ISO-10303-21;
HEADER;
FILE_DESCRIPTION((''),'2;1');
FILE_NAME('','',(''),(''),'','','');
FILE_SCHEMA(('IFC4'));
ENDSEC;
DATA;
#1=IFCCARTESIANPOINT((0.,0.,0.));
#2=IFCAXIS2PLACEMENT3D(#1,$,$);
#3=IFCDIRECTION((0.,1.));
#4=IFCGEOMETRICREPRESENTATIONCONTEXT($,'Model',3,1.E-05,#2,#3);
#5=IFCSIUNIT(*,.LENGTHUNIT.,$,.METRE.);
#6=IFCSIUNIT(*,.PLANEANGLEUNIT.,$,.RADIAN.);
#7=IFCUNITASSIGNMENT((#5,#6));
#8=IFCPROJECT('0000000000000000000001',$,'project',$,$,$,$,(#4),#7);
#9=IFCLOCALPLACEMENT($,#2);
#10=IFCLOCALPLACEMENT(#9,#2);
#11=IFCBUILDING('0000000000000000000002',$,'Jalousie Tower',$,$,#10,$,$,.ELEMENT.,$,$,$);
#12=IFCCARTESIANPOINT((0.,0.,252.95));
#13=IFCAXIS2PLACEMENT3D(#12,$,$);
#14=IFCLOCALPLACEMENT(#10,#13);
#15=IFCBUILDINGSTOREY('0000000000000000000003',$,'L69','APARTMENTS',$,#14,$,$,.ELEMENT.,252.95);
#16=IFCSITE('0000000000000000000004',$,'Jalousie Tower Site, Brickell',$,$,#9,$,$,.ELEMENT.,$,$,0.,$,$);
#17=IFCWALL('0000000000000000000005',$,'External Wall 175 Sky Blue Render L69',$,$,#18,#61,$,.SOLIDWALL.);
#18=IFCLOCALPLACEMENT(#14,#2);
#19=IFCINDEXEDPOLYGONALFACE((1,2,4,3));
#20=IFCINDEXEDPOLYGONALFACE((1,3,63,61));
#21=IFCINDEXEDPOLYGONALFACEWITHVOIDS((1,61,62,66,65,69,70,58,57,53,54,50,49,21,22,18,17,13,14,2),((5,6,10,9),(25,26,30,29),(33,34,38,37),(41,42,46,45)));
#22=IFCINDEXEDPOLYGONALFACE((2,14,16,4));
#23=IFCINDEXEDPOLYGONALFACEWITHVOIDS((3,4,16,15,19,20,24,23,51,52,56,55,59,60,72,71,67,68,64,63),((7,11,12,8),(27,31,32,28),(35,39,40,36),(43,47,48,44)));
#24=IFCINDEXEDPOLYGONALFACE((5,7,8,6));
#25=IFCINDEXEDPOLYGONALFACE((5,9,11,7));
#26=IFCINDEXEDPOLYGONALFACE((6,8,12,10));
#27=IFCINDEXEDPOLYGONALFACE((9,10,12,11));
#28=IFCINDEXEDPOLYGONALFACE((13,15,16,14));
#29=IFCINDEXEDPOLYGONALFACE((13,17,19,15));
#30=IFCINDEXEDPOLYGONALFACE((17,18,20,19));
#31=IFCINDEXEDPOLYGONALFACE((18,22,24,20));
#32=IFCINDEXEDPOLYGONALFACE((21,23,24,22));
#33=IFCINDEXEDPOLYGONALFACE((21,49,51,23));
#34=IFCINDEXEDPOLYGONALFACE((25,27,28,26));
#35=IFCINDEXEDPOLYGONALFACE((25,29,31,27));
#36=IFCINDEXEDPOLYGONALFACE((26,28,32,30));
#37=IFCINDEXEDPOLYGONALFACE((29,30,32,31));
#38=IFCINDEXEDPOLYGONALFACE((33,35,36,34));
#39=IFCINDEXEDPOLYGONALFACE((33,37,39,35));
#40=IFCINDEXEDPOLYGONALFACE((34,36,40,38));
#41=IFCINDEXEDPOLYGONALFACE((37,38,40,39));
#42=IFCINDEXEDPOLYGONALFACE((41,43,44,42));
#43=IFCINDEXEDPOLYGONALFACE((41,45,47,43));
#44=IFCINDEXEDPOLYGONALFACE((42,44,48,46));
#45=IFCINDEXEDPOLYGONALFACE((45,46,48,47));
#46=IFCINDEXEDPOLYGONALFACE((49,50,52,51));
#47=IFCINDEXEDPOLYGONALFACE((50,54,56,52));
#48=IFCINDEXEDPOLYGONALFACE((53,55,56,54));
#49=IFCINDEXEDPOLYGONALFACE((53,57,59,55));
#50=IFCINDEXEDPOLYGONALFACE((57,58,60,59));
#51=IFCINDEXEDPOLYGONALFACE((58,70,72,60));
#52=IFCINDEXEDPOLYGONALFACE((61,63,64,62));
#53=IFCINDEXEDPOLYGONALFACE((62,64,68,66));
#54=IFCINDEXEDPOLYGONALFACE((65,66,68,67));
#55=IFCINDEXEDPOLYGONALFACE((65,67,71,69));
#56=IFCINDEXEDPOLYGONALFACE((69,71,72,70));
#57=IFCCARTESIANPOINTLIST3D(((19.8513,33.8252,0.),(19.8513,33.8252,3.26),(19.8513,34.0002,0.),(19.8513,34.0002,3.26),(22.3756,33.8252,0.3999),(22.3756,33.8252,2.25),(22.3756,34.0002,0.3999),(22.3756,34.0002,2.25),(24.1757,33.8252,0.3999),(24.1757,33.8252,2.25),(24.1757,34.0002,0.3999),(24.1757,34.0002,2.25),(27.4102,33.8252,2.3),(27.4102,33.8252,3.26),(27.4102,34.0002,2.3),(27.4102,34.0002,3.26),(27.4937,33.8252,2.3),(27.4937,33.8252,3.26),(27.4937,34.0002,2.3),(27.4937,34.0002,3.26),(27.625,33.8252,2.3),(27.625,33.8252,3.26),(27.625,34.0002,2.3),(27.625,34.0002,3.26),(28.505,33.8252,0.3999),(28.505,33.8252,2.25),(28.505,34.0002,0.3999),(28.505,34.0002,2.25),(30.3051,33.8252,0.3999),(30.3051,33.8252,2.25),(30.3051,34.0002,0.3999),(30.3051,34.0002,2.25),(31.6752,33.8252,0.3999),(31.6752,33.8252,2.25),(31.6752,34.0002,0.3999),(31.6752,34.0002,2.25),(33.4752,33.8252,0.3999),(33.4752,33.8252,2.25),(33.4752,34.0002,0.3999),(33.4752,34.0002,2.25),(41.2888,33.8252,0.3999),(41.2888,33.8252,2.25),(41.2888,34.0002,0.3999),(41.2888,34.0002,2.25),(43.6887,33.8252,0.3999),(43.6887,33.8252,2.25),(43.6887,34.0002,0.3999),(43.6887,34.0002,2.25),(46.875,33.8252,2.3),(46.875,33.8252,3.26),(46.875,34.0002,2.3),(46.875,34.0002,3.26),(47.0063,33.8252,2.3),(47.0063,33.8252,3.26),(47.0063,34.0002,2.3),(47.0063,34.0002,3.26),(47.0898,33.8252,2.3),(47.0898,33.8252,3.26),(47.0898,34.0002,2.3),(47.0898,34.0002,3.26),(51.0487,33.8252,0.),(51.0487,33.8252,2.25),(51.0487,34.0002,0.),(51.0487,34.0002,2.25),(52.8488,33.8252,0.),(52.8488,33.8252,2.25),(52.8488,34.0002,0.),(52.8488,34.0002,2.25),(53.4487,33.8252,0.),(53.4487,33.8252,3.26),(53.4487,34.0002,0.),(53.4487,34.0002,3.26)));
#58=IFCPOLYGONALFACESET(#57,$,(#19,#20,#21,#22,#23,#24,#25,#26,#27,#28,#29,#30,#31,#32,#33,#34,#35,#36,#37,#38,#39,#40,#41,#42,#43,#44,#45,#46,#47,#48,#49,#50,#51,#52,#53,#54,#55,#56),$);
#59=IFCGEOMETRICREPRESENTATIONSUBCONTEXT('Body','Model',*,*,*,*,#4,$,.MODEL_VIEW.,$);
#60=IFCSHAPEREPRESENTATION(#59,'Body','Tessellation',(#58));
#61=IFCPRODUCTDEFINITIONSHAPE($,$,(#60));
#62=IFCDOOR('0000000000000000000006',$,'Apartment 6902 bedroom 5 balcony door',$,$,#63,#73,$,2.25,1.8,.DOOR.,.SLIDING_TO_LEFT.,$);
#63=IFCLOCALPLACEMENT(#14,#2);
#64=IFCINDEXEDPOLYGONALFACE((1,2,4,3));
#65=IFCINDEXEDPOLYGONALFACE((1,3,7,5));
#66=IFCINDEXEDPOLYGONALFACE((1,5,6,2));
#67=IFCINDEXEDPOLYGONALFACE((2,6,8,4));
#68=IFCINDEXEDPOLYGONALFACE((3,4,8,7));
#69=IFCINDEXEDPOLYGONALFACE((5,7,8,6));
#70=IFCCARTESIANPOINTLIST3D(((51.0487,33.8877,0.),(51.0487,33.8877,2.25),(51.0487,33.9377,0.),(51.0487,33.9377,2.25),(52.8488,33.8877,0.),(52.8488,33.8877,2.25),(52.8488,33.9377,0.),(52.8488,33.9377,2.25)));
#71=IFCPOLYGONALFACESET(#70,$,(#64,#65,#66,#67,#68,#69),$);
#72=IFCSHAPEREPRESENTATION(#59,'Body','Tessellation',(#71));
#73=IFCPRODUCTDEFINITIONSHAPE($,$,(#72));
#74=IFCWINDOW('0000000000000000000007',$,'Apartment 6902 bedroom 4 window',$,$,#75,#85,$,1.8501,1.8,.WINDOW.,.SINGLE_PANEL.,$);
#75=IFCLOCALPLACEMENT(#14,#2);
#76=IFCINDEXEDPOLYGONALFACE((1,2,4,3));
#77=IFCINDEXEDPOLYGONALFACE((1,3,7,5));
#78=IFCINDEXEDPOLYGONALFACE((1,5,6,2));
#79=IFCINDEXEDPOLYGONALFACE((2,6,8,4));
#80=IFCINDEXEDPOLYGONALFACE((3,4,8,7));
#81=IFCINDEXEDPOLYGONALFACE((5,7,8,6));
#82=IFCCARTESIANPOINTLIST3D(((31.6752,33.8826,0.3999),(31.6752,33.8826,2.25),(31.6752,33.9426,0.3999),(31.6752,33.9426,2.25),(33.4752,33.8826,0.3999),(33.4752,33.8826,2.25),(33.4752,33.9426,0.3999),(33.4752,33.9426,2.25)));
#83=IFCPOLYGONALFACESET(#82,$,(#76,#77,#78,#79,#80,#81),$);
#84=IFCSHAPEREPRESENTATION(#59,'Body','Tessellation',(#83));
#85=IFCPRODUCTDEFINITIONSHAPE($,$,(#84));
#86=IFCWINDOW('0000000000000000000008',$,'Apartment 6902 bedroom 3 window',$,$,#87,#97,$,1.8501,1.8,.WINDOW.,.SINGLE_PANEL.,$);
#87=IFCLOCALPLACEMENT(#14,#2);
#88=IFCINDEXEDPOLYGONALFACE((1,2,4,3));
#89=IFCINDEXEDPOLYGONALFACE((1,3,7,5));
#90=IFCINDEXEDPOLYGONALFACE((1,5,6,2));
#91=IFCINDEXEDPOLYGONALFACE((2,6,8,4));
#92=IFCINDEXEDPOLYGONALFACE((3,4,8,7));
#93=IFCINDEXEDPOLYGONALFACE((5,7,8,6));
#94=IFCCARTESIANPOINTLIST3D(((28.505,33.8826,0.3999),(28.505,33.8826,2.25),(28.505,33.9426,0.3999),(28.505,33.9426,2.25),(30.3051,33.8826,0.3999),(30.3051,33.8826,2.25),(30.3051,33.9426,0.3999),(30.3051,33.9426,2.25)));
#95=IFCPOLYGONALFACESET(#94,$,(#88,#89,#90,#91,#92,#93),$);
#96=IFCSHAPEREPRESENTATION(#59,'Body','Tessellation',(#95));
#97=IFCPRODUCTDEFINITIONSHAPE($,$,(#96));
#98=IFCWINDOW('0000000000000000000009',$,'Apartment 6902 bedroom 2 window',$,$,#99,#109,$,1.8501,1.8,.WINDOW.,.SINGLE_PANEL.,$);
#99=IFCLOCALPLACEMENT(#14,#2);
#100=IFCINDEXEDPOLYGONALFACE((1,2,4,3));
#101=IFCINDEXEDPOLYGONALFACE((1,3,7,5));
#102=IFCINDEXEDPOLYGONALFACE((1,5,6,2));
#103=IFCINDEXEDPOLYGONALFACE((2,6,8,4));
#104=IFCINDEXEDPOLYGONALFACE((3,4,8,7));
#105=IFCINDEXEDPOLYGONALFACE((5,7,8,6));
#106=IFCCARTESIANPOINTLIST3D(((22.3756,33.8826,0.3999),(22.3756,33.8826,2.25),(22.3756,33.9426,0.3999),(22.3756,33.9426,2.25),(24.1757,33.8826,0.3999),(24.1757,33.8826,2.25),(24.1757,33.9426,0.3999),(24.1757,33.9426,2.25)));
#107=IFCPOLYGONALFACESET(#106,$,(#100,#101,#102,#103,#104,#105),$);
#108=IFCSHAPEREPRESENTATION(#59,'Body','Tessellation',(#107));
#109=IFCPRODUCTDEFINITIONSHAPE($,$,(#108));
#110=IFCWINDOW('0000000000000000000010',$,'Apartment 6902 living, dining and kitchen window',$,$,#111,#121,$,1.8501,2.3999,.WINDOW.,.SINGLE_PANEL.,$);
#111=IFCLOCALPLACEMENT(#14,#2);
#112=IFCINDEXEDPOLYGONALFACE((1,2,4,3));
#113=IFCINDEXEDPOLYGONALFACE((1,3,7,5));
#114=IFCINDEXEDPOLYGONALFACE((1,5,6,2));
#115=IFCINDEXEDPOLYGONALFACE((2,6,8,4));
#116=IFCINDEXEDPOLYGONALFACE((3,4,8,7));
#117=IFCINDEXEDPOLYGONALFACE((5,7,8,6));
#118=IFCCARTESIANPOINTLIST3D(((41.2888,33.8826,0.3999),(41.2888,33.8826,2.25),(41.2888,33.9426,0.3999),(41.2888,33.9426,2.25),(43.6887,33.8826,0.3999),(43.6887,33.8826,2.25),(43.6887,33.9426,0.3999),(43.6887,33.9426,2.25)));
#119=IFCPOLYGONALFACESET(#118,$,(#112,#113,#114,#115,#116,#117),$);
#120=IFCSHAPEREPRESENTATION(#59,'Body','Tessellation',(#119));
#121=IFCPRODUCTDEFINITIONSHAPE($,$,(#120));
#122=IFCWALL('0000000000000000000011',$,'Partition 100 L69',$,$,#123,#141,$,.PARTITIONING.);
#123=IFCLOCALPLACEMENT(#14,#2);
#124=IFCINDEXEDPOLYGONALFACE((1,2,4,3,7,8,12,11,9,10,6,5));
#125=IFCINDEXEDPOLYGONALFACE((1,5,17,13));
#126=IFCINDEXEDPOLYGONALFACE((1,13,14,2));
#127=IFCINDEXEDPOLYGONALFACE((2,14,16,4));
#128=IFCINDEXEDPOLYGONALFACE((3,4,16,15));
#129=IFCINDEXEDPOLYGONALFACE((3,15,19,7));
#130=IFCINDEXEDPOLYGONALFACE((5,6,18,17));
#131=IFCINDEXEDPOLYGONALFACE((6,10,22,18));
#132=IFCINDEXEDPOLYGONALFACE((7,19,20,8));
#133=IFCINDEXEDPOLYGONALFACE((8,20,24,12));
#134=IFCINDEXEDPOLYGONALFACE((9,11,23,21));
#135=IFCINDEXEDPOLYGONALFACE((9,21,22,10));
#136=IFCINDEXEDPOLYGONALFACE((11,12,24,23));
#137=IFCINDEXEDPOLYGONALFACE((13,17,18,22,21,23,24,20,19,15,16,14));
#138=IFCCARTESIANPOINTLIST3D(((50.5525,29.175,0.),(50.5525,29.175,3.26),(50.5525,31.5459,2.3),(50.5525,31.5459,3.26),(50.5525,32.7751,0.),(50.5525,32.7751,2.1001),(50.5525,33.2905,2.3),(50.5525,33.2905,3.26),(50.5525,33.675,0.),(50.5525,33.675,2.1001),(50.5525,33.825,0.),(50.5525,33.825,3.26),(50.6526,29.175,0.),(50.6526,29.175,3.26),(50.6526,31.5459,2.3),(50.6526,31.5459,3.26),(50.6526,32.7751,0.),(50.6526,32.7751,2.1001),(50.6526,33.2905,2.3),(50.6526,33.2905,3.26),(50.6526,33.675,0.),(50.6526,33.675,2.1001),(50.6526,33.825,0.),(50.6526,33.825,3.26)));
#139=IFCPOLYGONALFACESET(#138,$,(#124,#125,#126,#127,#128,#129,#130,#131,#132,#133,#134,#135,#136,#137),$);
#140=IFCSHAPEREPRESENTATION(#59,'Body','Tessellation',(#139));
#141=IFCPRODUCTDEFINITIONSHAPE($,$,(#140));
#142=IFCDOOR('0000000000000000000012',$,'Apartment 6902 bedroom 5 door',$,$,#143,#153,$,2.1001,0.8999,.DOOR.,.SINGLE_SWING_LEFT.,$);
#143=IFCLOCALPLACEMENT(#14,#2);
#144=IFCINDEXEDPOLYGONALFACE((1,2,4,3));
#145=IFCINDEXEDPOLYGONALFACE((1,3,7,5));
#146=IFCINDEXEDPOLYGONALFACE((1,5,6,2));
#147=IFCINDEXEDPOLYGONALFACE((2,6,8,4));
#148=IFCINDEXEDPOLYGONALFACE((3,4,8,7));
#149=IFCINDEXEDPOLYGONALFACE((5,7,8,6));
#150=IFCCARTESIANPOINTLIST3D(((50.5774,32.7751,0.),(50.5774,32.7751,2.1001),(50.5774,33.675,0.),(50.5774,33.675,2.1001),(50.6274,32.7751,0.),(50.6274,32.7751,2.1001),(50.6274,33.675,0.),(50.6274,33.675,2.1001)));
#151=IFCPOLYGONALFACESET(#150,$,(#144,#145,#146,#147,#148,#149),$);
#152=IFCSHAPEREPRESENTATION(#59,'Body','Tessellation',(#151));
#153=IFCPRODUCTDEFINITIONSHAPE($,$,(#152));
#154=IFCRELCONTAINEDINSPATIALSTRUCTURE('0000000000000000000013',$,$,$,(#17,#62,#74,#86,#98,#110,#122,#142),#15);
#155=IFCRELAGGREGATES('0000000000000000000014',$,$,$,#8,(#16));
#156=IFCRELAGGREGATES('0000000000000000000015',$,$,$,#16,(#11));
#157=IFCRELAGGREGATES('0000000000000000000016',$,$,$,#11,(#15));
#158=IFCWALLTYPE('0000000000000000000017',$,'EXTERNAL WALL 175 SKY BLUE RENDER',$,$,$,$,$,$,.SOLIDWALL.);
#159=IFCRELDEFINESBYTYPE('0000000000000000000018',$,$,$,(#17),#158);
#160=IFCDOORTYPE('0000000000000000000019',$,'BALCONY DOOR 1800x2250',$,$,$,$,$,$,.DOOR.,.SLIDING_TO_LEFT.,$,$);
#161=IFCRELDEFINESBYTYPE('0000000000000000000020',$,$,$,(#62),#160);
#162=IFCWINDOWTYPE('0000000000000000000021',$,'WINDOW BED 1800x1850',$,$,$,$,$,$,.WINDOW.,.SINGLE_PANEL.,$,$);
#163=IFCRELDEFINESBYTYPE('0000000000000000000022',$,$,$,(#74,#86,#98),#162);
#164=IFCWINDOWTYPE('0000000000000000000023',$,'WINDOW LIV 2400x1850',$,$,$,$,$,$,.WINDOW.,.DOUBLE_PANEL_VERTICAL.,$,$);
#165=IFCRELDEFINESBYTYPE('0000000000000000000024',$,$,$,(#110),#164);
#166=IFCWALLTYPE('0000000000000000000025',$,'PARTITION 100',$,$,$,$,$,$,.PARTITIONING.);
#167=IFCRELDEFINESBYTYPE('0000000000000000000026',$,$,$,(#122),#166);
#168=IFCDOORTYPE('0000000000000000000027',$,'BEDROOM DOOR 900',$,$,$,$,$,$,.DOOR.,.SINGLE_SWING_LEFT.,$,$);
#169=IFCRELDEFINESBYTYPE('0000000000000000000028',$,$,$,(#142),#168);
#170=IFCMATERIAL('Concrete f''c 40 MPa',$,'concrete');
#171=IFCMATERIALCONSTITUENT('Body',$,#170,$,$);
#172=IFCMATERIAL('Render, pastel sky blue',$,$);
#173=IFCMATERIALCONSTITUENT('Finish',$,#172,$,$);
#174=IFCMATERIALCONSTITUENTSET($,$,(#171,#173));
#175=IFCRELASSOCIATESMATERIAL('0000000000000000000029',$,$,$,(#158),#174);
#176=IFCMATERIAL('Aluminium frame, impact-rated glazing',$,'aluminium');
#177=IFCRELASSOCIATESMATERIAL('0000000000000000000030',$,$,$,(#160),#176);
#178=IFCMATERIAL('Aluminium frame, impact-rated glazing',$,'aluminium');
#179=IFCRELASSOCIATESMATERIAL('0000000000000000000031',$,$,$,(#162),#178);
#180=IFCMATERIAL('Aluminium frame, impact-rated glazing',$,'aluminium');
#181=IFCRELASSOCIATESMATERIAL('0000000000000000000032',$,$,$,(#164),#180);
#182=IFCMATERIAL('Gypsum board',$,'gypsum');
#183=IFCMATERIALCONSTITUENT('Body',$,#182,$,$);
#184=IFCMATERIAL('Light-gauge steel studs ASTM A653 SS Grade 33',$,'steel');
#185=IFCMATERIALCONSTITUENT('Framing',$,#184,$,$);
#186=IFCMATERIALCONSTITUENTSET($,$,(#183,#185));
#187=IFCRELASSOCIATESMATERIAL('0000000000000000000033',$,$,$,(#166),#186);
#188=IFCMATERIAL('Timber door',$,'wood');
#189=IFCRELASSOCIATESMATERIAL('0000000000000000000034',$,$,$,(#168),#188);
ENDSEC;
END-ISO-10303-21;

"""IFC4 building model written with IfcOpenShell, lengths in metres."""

from ifc_helpers import new_model, si_unit, direction, frame, frame_2d, origin, place, context, subcontext, project, spatial, polyline, rectangle, outline, extrude, material, constituent, constituent_set, type_object, element, fill, save


model = new_model("IFC4")

# Units and contexts
model_context = context("Model", 3, precision=1e-05, world=origin(), true_north=direction((0.0, 1.0)))
body_context = subcontext(model_context, "Body", "Model", "MODEL_VIEW")
ifc_project = project(units=[si_unit("LENGTHUNIT", "METRE"), si_unit("PLANEANGLEUNIT", "RADIAN")], contexts=[model_context])

# Site, building, storey
site_placement = place(None, origin())
site = spatial("IfcSite", under=ifc_project, at=site_placement, Name="Jalousie Tower Site, Brickell", CompositionType="ELEMENT", RefElevation=0.0)
building_placement = place(site_placement, origin())
building = spatial("IfcBuilding", under=site, at=building_placement, Name="Jalousie Tower", CompositionType="ELEMENT")
storey_placement = place(building_placement, frame((0.0, 0.0, 252.95)))
storey = spatial("IfcBuildingStorey", under=building, at=storey_placement, Name="L69", Description="APARTMENTS", CompositionType="ELEMENT", Elevation=252.95)

# Wall, openings, door, windows
ifc_material_1 = material(Name="Concrete f'c 40 MPa", Category="concrete")
ifc_constituent_1 = constituent(ifc_material_1, Name="Body")
ifc_material_2 = material(Name="Render, pastel sky blue")
ifc_constituent_2 = constituent(ifc_material_2, Name="Finish")
ifc_constituent_set_1 = constituent_set(constituents=[ifc_constituent_1, ifc_constituent_2])
wall_type_1 = type_object("IfcWallType", Name="EXTERNAL WALL 175 SKY BLUE RENDER", PredefinedType="SOLIDWALL", material=ifc_constituent_set_1)
wall_1_placement = place(storey_placement, frame((53.4487, 33.9126, 0.0), z_axis=(0.0, 0.0, 1.0), x_axis=(-1.0, 0.0, 0.0)))
wall_1 = element("IfcWall", 1, at=wall_1_placement, inside=storey, type_object=wall_type_1, Name="External Wall 175 Sky Blue Render L69", PredefinedType="SOLIDWALL", context=body_context, shape_type="SweptSolid", body=[
    extrude(outline(polyline([(0.0, 0.0), (33.5974, 0.0), (33.5974, 3.26), (26.0386, 3.26), (26.0386, 2.3), (25.9551, 2.3), (25.9551, 3.26), (25.8237, 3.26), (25.8237, 2.3), (6.5737, 2.3), (6.5737, 3.26), (6.4424, 3.26), (6.4424, 2.3), (6.3589, 2.3), (6.3589, 3.26), (0.0, 3.26), (0.0, 0.0)])), frame((0.0, 0.0874, 0.0), z_axis=(0.0, -1.0, 0.0), x_axis=(1.0, 0.0, 0.0)), (0.0, 0.0, 1.0), 0.175),
])
opening_1_placement = place(wall_1_placement, frame((0.6001, 0.0, 0.0)))
opening_1 = element("IfcOpeningElement", 2, at=opening_1_placement, cuts=wall_1, PredefinedType="OPENING", context=body_context, shape_type="SweptSolid", body=[
    extrude(rectangle(XDim=1.8, YDim=2.25, at=frame_2d((0.8999, 1.125))), frame((0.0, 0.0974, 0.0), z_axis=(0.0, -1.0, 0.0), x_axis=(1.0, 0.0, 0.0)), (0.0, 0.0, 1.0), 0.1951),
])
opening_2_placement = place(wall_1_placement, frame((9.76, 0.0, 0.3999)))
opening_2 = element("IfcOpeningElement", 3, at=opening_2_placement, cuts=wall_1, PredefinedType="OPENING", context=body_context, shape_type="SweptSolid", body=[
    extrude(rectangle(XDim=2.3999, YDim=1.8501, at=frame_2d((1.2, 0.925))), frame((0.0, 0.0974, 0.0), z_axis=(0.0, -1.0, 0.0), x_axis=(1.0, 0.0, 0.0)), (0.0, 0.0, 1.0), 0.1951),
])
opening_3_placement = place(wall_1_placement, frame((19.9736, 0.0, 0.3999)))
opening_3 = element("IfcOpeningElement", 4, at=opening_3_placement, cuts=wall_1, PredefinedType="OPENING", context=body_context, shape_type="SweptSolid", body=[
    extrude(rectangle(XDim=1.8, YDim=1.8501, at=frame_2d((0.8999, 0.925))), frame((0.0, 0.0974, 0.0), z_axis=(0.0, -1.0, 0.0), x_axis=(1.0, 0.0, 0.0)), (0.0, 0.0, 1.0), 0.1951),
])
opening_4_placement = place(wall_1_placement, frame((23.1438, 0.0, 0.3999)))
opening_4 = element("IfcOpeningElement", 5, at=opening_4_placement, cuts=wall_1, PredefinedType="OPENING", context=body_context, shape_type="SweptSolid", body=[
    extrude(rectangle(XDim=1.8, YDim=1.8501, at=frame_2d((0.8999, 0.925))), frame((0.0, 0.0974, 0.0), z_axis=(0.0, -1.0, 0.0), x_axis=(1.0, 0.0, 0.0)), (0.0, 0.0, 1.0), 0.1951),
])
opening_5_placement = place(wall_1_placement, frame((29.2732, 0.0, 0.3999)))
opening_5 = element("IfcOpeningElement", 6, at=opening_5_placement, cuts=wall_1, PredefinedType="OPENING", context=body_context, shape_type="SweptSolid", body=[
    extrude(rectangle(XDim=1.8, YDim=1.8501, at=frame_2d((0.8999, 0.925))), frame((0.0, 0.0974, 0.0), z_axis=(0.0, -1.0, 0.0), x_axis=(1.0, 0.0, 0.0)), (0.0, 0.0, 1.0), 0.1951),
])
ifc_material_3 = material(Name="Aluminium frame, impact-rated glazing", Category="aluminium")
door_type_1 = type_object("IfcDoorType", Name="BALCONY DOOR 1800x2250", OperationType="SLIDING_TO_LEFT", PredefinedType="DOOR", material=ifc_material_3)
door_1_placement = place(opening_1_placement, origin())
door_1 = element("IfcDoor", 7, at=door_1_placement, inside=storey, type_object=door_type_1, Name="Apartment 6902 bedroom 5 balcony door", OperationType="SLIDING_TO_LEFT", OverallHeight=2.25, OverallWidth=1.8, PredefinedType="DOOR", context=body_context, shape_type="SweptSolid", body=[
    extrude(rectangle(XDim=1.8, YDim=2.25, at=frame_2d((0.8999, 1.125))), frame((0.0, 0.0249, 0.0), z_axis=(0.0, -1.0, 0.0), x_axis=(1.0, 0.0, 0.0)), (0.0, 0.0, 1.0), 0.05),
])
fill(opening_1, door_1)
ifc_material_4 = material(Name="Aluminium frame, impact-rated glazing", Category="aluminium")
window_type_1 = type_object("IfcWindowType", Name="WINDOW BED 1800x1850", PartitioningType="SINGLE_PANEL", PredefinedType="WINDOW", material=ifc_material_4)
window_1_placement = place(opening_3_placement, origin())
window_1 = element("IfcWindow", 8, at=window_1_placement, inside=storey, type_object=window_type_1, Name="Apartment 6902 bedroom 4 window", OverallHeight=1.8501, OverallWidth=1.8, PartitioningType="SINGLE_PANEL", PredefinedType="WINDOW", context=body_context, shape_type="SweptSolid", body=[
    extrude(rectangle(XDim=1.8, YDim=1.8501, at=frame_2d((0.8999, 0.925))), frame((0.0, 0.03, 0.0), z_axis=(0.0, -1.0, 0.0), x_axis=(1.0, 0.0, 0.0)), (0.0, 0.0, 1.0), 0.0601),
])
fill(opening_3, window_1)
window_2_placement = place(opening_4_placement, origin())
window_2 = element("IfcWindow", 9, at=window_2_placement, inside=storey, type_object=window_type_1, Name="Apartment 6902 bedroom 3 window", OverallHeight=1.8501, OverallWidth=1.8, PartitioningType="SINGLE_PANEL", PredefinedType="WINDOW", context=body_context, shape_type="SweptSolid", body=[
    extrude(rectangle(XDim=1.8, YDim=1.8501, at=frame_2d((0.8999, 0.925))), frame((0.0, 0.03, 0.0), z_axis=(0.0, -1.0, 0.0), x_axis=(1.0, 0.0, 0.0)), (0.0, 0.0, 1.0), 0.0601),
])
fill(opening_4, window_2)
window_3_placement = place(opening_5_placement, origin())
window_3 = element("IfcWindow", 10, at=window_3_placement, inside=storey, type_object=window_type_1, Name="Apartment 6902 bedroom 2 window", OverallHeight=1.8501, OverallWidth=1.8, PartitioningType="SINGLE_PANEL", PredefinedType="WINDOW", context=body_context, shape_type="SweptSolid", body=[
    extrude(rectangle(XDim=1.8, YDim=1.8501, at=frame_2d((0.8999, 0.925))), frame((0.0, 0.03, 0.0), z_axis=(0.0, -1.0, 0.0), x_axis=(1.0, 0.0, 0.0)), (0.0, 0.0, 1.0), 0.0601),
])
fill(opening_5, window_3)
ifc_material_5 = material(Name="Aluminium frame, impact-rated glazing", Category="aluminium")
window_type_2 = type_object("IfcWindowType", Name="WINDOW LIV 2400x1850", PartitioningType="DOUBLE_PANEL_VERTICAL", PredefinedType="WINDOW", material=ifc_material_5)
window_4_placement = place(opening_2_placement, origin())
window_4 = element("IfcWindow", 11, at=window_4_placement, inside=storey, type_object=window_type_2, Name="Apartment 6902 living, dining and kitchen window", OverallHeight=1.8501, OverallWidth=2.3999, PartitioningType="SINGLE_PANEL", PredefinedType="WINDOW", context=body_context, shape_type="SweptSolid", body=[
    extrude(rectangle(XDim=2.3999, YDim=1.8501, at=frame_2d((1.2, 0.925))), frame((0.0, 0.03, 0.0), z_axis=(0.0, -1.0, 0.0), x_axis=(1.0, 0.0, 0.0)), (0.0, 0.0, 1.0), 0.0601),
])
fill(opening_2, window_4)

# Wall, opening, door
ifc_material_6 = material(Name="Gypsum board", Category="gypsum")
ifc_constituent_3 = constituent(ifc_material_6, Name="Body")
ifc_material_7 = material(Name="Light-gauge steel studs ASTM A653 SS Grade 33", Category="steel")
ifc_constituent_4 = constituent(ifc_material_7, Name="Framing")
ifc_constituent_set_2 = constituent_set(constituents=[ifc_constituent_3, ifc_constituent_4])
wall_type_2 = type_object("IfcWallType", Name="PARTITION 100", PredefinedType="PARTITIONING", material=ifc_constituent_set_2)
wall_2_placement = place(storey_placement, frame((50.6025, 33.825, 0.0), z_axis=(0.0, 0.0, 1.0), x_axis=(0.0, -1.0, 0.0)))
wall_2 = element("IfcWall", 12, at=wall_2_placement, inside=storey, type_object=wall_type_2, Name="Partition 100 L69", PredefinedType="PARTITIONING", context=body_context, shape_type="SweptSolid", body=[
    extrude(outline(polyline([(0.0, 0.0), (4.6499, 0.0), (4.6499, 3.26), (2.2791, 3.26), (2.2791, 2.3), (0.5344, 2.3), (0.5344, 3.26), (0.0, 3.26), (0.0, 0.0)])), frame((0.0, 0.05, 0.0), z_axis=(0.0, -1.0, 0.0), x_axis=(1.0, 0.0, 0.0)), (0.0, 0.0, 1.0), 0.1001),
])
opening_6_placement = place(wall_2_placement, frame((0.1499, 0.0, 0.0)))
opening_6 = element("IfcOpeningElement", 13, at=opening_6_placement, cuts=wall_2, PredefinedType="OPENING", context=body_context, shape_type="SweptSolid", body=[
    extrude(rectangle(XDim=0.8999, YDim=2.1001, at=frame_2d((0.45, 1.05))), frame((0.0, 0.0601, 0.0), z_axis=(0.0, -1.0, 0.0), x_axis=(1.0, 0.0, 0.0)), (0.0, 0.0, 1.0), 0.1201),
])
ifc_material_8 = material(Name="Timber door", Category="wood")
door_type_2 = type_object("IfcDoorType", Name="BEDROOM DOOR 900", OperationType="SINGLE_SWING_LEFT", PredefinedType="DOOR", material=ifc_material_8)
door_2_placement = place(opening_6_placement, origin())
door_2 = element("IfcDoor", 14, at=door_2_placement, inside=storey, type_object=door_type_2, Name="Apartment 6902 bedroom 5 door", OperationType="SINGLE_SWING_LEFT", OverallHeight=2.1001, OverallWidth=0.8999, PredefinedType="DOOR", context=body_context, shape_type="SweptSolid", body=[
    extrude(rectangle(XDim=0.8999, YDim=2.1001, at=frame_2d((0.45, 1.05))), frame((0.0, 0.0249, 0.0), z_axis=(0.0, -1.0, 0.0), x_axis=(1.0, 0.0, 0.0)), (0.0, 0.0, 1.0), 0.05),
])
fill(opening_6, door_2)

save(model, "model.ifc")
